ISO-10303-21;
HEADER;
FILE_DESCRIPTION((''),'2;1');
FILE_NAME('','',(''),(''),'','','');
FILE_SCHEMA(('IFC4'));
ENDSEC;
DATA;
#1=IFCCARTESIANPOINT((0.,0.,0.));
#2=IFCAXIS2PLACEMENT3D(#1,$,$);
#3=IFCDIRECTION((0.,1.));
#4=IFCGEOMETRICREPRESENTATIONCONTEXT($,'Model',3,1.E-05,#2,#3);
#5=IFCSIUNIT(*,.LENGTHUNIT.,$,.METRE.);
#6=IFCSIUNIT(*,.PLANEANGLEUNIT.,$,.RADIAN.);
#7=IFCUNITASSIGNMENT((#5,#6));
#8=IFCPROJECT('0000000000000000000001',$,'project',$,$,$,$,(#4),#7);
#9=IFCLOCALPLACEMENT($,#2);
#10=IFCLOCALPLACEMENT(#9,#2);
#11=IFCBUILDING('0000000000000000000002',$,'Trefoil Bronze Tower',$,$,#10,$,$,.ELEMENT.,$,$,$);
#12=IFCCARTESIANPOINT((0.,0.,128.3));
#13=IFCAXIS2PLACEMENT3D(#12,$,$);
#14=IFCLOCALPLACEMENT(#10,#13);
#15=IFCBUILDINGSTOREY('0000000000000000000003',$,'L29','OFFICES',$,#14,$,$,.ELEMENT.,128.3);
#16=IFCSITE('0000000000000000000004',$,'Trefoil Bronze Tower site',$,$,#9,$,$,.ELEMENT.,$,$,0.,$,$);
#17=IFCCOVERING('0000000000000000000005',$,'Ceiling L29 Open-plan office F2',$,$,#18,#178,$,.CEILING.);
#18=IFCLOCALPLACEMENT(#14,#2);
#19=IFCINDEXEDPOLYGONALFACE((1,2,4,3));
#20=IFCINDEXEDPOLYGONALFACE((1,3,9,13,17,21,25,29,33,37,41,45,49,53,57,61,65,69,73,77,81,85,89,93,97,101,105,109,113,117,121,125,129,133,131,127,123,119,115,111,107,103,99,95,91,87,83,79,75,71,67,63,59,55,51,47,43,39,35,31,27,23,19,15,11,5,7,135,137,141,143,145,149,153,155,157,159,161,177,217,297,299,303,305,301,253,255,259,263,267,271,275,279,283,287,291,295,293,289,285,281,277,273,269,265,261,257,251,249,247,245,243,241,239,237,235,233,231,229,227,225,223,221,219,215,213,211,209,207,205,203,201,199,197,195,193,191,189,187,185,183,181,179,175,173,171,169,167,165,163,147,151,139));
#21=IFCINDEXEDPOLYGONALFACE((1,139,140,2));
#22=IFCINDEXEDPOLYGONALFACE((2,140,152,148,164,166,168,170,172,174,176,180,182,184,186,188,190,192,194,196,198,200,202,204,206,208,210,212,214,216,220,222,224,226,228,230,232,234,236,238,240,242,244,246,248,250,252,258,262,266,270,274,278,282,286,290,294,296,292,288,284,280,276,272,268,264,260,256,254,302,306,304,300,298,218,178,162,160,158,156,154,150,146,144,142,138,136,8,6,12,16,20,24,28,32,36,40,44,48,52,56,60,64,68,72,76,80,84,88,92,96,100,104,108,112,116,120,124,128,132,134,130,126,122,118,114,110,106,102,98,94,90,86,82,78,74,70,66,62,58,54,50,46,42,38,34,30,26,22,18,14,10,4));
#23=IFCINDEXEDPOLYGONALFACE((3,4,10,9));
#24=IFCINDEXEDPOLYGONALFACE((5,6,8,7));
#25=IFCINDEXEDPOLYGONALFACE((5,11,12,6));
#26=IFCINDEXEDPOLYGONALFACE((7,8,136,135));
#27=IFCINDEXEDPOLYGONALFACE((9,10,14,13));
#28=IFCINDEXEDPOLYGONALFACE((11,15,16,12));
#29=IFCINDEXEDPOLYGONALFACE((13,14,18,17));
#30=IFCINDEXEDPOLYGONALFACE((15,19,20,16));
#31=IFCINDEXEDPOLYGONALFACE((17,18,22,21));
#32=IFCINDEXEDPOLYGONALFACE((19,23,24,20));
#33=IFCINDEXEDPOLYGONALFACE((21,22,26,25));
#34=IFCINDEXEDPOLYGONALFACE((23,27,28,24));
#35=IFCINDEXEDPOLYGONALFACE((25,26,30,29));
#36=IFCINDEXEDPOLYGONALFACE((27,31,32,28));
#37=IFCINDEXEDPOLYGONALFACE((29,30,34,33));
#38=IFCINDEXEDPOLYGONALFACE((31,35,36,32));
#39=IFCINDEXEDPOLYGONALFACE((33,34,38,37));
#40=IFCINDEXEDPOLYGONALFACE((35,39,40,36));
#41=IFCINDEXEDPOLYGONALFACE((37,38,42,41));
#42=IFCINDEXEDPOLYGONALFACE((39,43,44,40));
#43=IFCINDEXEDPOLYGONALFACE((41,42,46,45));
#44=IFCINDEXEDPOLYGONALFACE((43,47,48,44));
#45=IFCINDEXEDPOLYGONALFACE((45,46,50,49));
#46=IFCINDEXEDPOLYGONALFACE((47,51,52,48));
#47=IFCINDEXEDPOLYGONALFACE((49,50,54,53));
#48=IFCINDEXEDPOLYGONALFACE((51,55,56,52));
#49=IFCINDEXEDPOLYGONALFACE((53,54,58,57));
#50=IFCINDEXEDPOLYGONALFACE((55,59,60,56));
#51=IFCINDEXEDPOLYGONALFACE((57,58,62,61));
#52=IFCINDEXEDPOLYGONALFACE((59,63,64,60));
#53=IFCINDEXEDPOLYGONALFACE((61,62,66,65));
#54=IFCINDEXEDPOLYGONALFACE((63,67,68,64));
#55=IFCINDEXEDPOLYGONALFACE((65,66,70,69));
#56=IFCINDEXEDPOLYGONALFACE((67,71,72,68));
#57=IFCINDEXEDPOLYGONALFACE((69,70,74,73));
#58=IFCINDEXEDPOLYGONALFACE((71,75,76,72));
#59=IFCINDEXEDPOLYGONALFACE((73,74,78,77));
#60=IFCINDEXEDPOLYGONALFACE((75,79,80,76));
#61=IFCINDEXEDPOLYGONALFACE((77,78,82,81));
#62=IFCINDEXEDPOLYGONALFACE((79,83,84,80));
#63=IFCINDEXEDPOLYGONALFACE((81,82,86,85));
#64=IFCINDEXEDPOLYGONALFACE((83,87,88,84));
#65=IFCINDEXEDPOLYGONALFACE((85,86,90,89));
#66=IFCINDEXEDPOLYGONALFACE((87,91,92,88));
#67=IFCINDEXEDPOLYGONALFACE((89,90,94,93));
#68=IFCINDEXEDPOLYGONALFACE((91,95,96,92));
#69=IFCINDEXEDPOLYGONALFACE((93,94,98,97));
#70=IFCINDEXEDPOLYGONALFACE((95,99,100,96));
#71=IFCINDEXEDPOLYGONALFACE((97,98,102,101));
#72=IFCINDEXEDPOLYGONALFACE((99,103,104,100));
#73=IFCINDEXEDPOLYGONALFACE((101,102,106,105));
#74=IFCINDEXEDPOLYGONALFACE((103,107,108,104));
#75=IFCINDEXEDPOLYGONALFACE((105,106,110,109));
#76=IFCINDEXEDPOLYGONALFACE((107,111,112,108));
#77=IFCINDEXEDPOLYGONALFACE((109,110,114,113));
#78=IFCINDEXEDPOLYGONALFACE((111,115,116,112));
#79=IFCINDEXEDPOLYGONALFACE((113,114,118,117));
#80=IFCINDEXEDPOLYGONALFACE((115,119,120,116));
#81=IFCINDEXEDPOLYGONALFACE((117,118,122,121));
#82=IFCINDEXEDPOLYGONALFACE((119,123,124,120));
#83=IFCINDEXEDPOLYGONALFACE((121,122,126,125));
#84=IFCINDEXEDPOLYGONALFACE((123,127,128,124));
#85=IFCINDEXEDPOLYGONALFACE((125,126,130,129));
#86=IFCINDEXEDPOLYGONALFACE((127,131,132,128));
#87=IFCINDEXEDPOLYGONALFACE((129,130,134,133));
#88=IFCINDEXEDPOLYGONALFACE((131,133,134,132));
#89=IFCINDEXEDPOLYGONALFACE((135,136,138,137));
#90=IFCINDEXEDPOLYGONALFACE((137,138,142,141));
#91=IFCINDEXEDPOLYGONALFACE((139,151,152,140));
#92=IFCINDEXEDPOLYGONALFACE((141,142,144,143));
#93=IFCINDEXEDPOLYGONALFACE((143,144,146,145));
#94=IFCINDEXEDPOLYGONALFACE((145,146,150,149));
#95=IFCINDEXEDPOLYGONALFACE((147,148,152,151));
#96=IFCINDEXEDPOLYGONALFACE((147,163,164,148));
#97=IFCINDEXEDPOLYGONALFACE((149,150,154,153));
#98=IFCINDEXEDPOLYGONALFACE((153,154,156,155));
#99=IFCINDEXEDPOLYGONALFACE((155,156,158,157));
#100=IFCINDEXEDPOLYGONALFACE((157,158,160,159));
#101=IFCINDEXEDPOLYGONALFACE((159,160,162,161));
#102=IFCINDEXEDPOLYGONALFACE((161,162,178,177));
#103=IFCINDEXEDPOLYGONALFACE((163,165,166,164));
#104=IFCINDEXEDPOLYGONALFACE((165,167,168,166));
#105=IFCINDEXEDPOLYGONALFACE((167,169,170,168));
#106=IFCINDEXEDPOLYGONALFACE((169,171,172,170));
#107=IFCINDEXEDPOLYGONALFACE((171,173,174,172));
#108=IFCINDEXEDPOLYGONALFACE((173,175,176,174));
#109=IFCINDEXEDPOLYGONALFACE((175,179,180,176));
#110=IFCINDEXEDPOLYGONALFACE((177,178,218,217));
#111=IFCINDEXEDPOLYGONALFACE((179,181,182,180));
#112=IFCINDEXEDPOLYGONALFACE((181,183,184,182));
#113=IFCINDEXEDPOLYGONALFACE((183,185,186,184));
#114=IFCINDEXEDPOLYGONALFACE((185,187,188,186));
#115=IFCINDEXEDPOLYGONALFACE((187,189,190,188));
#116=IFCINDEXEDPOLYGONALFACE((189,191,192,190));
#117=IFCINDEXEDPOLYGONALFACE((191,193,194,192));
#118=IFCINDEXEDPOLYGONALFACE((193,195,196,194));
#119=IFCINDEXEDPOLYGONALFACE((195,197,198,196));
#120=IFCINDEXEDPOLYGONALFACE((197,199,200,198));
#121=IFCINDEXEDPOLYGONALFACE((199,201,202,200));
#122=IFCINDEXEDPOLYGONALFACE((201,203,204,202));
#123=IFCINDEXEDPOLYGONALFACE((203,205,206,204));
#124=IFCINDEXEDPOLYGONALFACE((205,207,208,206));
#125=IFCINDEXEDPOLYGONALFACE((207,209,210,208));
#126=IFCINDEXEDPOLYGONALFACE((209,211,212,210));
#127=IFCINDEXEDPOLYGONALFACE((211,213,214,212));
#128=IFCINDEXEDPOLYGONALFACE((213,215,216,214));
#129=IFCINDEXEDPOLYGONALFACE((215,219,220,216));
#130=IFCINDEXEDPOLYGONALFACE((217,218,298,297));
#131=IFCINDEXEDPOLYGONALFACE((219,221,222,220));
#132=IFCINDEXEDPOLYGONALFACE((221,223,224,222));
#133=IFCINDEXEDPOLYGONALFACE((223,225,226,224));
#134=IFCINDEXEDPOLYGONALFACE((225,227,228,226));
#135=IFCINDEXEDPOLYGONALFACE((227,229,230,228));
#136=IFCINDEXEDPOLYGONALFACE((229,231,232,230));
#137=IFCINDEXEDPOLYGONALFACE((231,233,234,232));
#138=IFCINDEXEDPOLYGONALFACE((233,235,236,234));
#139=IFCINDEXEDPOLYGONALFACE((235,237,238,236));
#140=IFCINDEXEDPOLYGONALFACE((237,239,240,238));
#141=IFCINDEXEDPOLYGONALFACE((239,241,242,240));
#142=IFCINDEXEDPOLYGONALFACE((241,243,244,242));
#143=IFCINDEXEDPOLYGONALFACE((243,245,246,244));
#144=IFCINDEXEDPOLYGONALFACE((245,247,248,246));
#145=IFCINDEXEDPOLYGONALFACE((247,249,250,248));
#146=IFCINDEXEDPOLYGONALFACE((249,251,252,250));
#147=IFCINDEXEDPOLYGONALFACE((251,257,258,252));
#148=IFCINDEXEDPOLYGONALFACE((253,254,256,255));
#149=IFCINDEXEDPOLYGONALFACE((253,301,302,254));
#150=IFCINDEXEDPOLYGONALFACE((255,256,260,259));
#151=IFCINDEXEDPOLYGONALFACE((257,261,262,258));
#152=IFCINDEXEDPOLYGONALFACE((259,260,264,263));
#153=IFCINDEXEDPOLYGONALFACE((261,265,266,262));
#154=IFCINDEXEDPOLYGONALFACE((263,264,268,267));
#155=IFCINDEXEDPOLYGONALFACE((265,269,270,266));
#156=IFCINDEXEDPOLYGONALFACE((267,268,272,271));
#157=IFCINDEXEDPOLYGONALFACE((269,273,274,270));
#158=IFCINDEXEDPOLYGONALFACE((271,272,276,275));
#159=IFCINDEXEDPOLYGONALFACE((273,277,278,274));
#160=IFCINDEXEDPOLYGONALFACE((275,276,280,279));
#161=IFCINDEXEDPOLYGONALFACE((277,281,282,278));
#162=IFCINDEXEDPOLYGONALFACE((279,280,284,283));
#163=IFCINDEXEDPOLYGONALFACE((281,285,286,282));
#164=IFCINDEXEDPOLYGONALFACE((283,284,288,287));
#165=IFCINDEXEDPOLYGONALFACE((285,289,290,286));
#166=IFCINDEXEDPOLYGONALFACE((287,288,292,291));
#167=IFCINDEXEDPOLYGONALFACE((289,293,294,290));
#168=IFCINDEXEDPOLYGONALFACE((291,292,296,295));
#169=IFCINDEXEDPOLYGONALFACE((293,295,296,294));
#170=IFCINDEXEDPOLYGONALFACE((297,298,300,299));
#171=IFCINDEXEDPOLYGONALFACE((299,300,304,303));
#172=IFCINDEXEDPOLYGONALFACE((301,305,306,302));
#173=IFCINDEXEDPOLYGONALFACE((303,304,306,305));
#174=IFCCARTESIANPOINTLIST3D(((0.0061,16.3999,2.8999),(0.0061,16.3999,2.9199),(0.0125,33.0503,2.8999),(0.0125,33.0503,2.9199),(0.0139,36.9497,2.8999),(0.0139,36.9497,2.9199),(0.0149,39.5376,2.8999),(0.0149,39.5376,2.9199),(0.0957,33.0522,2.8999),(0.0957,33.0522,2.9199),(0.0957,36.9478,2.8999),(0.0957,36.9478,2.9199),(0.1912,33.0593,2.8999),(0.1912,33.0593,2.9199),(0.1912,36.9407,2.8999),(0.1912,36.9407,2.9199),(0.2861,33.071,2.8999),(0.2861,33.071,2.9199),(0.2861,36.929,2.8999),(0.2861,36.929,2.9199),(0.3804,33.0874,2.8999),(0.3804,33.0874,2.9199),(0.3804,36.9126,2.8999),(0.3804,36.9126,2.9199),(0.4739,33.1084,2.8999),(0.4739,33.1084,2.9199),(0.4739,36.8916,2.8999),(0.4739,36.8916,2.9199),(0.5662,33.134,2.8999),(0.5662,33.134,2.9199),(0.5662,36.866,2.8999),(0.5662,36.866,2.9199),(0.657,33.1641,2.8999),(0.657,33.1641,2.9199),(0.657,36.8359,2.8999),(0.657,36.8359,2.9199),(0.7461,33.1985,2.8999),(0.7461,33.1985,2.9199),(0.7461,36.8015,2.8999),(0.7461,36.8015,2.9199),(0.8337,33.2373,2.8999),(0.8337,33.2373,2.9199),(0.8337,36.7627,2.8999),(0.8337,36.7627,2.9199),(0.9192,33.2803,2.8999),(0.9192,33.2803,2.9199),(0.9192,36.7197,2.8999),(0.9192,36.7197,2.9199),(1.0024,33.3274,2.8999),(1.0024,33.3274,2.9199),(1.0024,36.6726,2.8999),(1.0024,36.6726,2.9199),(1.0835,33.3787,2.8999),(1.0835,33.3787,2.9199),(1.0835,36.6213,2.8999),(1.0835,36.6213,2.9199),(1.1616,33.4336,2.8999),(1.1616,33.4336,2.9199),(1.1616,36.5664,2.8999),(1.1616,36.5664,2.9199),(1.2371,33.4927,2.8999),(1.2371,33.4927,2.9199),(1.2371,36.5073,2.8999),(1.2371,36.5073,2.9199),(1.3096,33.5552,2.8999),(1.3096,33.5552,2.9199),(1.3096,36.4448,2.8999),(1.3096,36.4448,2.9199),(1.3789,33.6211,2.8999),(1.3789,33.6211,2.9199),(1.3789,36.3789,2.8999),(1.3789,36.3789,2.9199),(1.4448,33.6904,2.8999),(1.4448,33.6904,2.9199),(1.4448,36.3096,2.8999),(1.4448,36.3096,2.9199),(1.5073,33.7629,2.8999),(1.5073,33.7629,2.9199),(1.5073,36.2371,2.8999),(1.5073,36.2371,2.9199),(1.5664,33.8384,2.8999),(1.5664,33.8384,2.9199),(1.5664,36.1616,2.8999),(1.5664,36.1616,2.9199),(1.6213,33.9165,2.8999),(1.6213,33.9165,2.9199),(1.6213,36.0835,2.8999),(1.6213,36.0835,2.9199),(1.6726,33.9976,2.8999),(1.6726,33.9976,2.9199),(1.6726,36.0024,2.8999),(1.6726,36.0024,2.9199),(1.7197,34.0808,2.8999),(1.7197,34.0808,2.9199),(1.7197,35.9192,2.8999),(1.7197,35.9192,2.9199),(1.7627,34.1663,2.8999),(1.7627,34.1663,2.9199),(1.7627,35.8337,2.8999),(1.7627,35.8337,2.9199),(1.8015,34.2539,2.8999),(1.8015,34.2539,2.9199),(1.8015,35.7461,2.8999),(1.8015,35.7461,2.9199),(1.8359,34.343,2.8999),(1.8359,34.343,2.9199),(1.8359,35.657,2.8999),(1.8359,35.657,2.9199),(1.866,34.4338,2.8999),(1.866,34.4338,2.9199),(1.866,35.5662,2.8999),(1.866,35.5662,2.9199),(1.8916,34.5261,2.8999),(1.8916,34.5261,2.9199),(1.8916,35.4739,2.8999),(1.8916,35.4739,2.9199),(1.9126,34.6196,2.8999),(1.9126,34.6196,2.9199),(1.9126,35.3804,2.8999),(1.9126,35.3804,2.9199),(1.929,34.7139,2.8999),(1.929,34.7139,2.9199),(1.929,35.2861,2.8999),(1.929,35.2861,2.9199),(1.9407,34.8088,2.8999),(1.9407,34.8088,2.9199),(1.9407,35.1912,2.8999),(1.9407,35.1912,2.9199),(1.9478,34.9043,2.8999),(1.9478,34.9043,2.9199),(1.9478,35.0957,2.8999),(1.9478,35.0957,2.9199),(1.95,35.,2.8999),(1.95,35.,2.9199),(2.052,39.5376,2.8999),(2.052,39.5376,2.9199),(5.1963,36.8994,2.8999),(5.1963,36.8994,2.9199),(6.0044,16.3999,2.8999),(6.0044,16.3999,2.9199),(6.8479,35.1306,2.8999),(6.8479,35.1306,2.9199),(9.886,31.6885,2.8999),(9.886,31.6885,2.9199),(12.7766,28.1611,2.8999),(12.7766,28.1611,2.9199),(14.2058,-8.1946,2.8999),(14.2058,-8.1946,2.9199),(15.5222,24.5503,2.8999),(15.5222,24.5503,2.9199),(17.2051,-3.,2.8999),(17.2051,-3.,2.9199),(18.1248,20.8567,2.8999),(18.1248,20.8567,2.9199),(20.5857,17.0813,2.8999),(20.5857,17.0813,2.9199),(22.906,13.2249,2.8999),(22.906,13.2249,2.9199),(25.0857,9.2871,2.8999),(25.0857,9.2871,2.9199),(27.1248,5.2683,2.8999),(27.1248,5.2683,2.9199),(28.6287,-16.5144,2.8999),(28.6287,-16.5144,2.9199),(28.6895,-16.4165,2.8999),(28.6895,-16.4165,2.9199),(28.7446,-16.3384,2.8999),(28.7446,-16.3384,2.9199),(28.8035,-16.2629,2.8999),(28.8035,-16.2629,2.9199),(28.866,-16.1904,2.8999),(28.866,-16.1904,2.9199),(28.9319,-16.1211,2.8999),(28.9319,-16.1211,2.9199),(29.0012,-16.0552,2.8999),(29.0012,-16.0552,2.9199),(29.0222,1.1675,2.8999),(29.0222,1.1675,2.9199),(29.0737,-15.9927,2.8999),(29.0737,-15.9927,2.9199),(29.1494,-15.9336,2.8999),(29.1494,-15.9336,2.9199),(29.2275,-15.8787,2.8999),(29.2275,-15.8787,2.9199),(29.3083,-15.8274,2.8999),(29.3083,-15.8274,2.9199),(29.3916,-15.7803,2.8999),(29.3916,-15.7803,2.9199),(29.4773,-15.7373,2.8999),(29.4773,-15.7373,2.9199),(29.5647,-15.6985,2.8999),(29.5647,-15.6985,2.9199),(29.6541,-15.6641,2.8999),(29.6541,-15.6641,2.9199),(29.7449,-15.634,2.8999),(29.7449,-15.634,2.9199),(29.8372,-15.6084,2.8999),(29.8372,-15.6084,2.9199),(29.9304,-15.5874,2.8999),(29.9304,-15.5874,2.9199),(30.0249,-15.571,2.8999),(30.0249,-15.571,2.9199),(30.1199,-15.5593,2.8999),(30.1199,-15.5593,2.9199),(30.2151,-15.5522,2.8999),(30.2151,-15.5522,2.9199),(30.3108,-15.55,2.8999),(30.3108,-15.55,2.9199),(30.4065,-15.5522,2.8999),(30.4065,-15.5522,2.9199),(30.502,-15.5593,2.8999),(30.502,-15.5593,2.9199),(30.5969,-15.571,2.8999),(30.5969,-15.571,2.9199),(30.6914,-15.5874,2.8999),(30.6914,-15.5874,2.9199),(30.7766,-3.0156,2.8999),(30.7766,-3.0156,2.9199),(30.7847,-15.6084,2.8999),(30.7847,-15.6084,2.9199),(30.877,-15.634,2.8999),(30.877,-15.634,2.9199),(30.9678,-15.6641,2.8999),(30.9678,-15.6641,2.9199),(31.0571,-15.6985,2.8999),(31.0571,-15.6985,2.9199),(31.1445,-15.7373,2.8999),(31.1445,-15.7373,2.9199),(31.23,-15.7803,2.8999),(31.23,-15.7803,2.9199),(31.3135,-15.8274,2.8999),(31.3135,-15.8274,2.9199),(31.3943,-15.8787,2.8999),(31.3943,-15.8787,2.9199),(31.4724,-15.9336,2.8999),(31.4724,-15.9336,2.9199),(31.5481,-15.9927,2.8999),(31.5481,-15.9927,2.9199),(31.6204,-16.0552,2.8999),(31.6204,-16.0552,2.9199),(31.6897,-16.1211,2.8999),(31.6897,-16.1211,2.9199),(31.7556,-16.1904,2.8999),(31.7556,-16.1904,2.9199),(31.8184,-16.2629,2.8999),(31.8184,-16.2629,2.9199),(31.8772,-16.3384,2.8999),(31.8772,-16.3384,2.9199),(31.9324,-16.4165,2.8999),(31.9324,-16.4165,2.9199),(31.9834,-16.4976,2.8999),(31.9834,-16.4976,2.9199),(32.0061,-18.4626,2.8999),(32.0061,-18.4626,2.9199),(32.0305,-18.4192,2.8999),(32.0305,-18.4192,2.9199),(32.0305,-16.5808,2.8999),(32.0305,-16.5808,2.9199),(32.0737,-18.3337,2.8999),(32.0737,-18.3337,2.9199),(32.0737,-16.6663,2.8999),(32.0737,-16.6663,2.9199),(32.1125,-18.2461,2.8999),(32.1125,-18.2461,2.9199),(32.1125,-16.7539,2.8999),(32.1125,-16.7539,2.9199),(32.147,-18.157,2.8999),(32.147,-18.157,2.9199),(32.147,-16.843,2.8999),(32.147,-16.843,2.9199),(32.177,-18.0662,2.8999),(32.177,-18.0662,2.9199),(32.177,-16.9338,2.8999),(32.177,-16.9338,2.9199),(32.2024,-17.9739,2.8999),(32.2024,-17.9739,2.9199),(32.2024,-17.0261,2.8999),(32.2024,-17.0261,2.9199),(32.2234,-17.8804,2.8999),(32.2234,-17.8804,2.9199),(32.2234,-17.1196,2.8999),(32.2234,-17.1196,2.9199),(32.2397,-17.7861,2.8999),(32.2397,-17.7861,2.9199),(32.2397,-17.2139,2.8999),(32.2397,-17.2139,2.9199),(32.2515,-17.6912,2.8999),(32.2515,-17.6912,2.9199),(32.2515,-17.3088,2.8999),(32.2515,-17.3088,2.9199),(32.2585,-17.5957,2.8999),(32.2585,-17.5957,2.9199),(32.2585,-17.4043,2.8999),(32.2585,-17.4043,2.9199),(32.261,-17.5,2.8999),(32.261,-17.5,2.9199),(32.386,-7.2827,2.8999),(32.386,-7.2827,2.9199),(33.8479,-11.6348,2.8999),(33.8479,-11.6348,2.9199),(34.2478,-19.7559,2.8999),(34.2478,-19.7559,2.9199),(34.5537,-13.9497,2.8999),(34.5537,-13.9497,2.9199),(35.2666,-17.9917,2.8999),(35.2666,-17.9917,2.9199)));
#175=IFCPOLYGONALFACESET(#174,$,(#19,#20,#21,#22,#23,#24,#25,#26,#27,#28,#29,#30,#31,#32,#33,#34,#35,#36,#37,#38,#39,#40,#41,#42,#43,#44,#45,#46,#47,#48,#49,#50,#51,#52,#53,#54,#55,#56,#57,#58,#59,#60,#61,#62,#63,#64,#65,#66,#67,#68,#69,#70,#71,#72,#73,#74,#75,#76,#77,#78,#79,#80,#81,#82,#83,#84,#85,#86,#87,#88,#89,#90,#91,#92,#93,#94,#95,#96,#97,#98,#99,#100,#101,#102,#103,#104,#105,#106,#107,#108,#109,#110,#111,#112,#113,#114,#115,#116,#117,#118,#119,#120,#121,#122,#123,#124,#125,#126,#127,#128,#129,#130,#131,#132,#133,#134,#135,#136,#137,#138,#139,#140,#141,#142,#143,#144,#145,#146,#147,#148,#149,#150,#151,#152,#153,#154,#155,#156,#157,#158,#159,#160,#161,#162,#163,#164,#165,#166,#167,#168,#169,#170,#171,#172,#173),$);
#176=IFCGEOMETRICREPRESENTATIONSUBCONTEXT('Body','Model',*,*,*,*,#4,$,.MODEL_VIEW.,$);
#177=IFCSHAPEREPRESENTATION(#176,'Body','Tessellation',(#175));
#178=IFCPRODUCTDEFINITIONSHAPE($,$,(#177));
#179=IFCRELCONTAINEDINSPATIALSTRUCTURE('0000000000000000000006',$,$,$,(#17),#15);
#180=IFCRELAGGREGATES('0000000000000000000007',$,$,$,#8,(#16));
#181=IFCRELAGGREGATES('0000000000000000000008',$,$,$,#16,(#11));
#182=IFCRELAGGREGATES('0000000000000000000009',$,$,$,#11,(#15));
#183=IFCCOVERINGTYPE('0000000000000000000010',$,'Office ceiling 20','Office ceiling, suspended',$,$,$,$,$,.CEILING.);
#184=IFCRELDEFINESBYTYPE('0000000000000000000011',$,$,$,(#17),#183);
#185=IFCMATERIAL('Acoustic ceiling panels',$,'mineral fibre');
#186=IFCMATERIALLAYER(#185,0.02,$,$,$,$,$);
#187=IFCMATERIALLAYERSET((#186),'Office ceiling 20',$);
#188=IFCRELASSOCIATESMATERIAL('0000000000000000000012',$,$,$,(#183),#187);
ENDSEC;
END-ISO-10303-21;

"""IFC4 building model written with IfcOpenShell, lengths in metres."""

from ifc_helpers import new_model, si_unit, direction, frame, origin, place, context, subcontext, project, spatial, polyline, outline, extrude, material, layer, layer_set, type_object, element, save


model = new_model("IFC4")

# Units and contexts
model_context = context("Model", 3, precision=1e-05, world=origin(), true_north=direction((0.0, 1.0)))
body_context = subcontext(model_context, "Body", "Model", "MODEL_VIEW")
ifc_project = project(units=[si_unit("LENGTHUNIT", "METRE"), si_unit("PLANEANGLEUNIT", "RADIAN")], contexts=[model_context])

# Site, building, storey
site_placement = place(None, origin())
site = spatial("IfcSite", under=ifc_project, at=site_placement, Name="Trefoil Bronze Tower site", CompositionType="ELEMENT", RefElevation=0.0)
building_placement = place(site_placement, origin())
building = spatial("IfcBuilding", under=site, at=building_placement, Name="Trefoil Bronze Tower", CompositionType="ELEMENT")
storey_placement = place(building_placement, frame((0.0, 0.0, 128.3)))
storey = spatial("IfcBuildingStorey", under=building, at=storey_placement, Name="L29", Description="OFFICES", CompositionType="ELEMENT", Elevation=128.3)

# Covering
ifc_material_1 = material(Name="Acoustic ceiling panels", Category="mineral fibre")
ifc_layer_1 = layer(ifc_material_1, 0.02)
ifc_layer_set_1 = layer_set([ifc_layer_1], Name="Office ceiling 20")
covering_type_1 = type_object("IfcCoveringType", Name="Office ceiling 20", Description="Office ceiling, suspended", PredefinedType="CEILING", material=ifc_layer_set_1)
covering_1_placement = place(storey_placement, frame((0.0, 0.0, 2.8999)))
element("IfcCovering", 1, at=covering_1_placement, inside=storey, type_object=covering_type_1, Name="Ceiling L29 Open-plan office F2", PredefinedType="CEILING", context=body_context, shape_type="SweptSolid", body=[
    extrude(outline(polyline([(6.8479, 35.1306), (9.886, 31.6885), (12.7766, 28.1611), (15.5222, 24.5503), (18.1248, 20.8567), (20.5857, 17.0813), (22.906, 13.2249), (25.0857, 9.2871), (27.1248, 5.2683), (29.0222, 1.1675), (30.7766, -3.0156), (32.386, -7.2827), (33.8479, -11.6348), (34.5537, -13.9497), (35.2666, -17.9917), (34.2478, -19.7559), (32.0061, -18.4626), (32.0305, -18.4192), (32.0737, -18.3337), (32.1125, -18.2461), (32.147, -18.157), (32.177, -18.0662), (32.2024, -17.9739), (32.2234, -17.8804), (32.2397, -17.7861), (32.2515, -17.6912), (32.2585, -17.5957), (32.261, -17.5), (32.2585, -17.4043), (32.2515, -17.3088), (32.2397, -17.2139), (32.2234, -17.1196), (32.2024, -17.0261), (32.177, -16.9338), (32.147, -16.843), (32.1125, -16.7539), (32.0737, -16.6663), (32.0305, -16.5808), (31.9834, -16.4976), (31.9324, -16.4165), (31.8772, -16.3384), (31.8184, -16.2629), (31.7556, -16.1904), (31.6897, -16.1211), (31.6204, -16.0552), (31.5481, -15.9927), (31.4724, -15.9336), (31.3943, -15.8787), (31.3135, -15.8274), (31.23, -15.7803), (31.1445, -15.7373), (31.0571, -15.6985), (30.9678, -15.6641), (30.877, -15.634), (30.7847, -15.6084), (30.6914, -15.5874), (30.5969, -15.571), (30.502, -15.5593), (30.4065, -15.5522), (30.3108, -15.55), (30.2151, -15.5522), (30.1199, -15.5593), (30.0249, -15.571), (29.9304, -15.5874), (29.8372, -15.6084), (29.7449, -15.634), (29.6541, -15.6641), (29.5647, -15.6985), (29.4773, -15.7373), (29.3916, -15.7803), (29.3083, -15.8274), (29.2275, -15.8787), (29.1494, -15.9336), (29.0737, -15.9927), (29.0012, -16.0552), (28.9319, -16.1211), (28.866, -16.1904), (28.8035, -16.2629), (28.7446, -16.3384), (28.6895, -16.4165), (28.6287, -16.5144), (14.2058, -8.1946), (17.2051, -3.0), (6.0044, 16.3999), (0.0061, 16.3999), (0.0125, 33.0503), (0.0957, 33.0522), (0.1912, 33.0593), (0.2861, 33.071), (0.3804, 33.0874), (0.4739, 33.1084), (0.5662, 33.134), (0.657, 33.1641), (0.7461, 33.1985), (0.8337, 33.2373), (0.9192, 33.2803), (1.0024, 33.3274), (1.0835, 33.3787), (1.1616, 33.4336), (1.2371, 33.4927), (1.3096, 33.5552), (1.3789, 33.6211), (1.4448, 33.6904), (1.5073, 33.7629), (1.5664, 33.8384), (1.6213, 33.9165), (1.6726, 33.9976), (1.7197, 34.0808), (1.7627, 34.1663), (1.8015, 34.2539), (1.8359, 34.343), (1.866, 34.4338), (1.8916, 34.5261), (1.9126, 34.6196), (1.929, 34.7139), (1.9407, 34.8088), (1.9478, 34.9043), (1.95, 35.0), (1.9478, 35.0957), (1.9407, 35.1912), (1.929, 35.2861), (1.9126, 35.3804), (1.8916, 35.4739), (1.866, 35.5662), (1.8359, 35.657), (1.8015, 35.7461), (1.7627, 35.8337), (1.7197, 35.9192), (1.6726, 36.0024), (1.6213, 36.0835), (1.5664, 36.1616), (1.5073, 36.2371), (1.4448, 36.3096), (1.3789, 36.3789), (1.3096, 36.4448), (1.2371, 36.5073), (1.1616, 36.5664), (1.0835, 36.6213), (1.0024, 36.6726), (0.9192, 36.7197), (0.8337, 36.7627), (0.7461, 36.8015), (0.657, 36.8359), (0.5662, 36.866), (0.4739, 36.8916), (0.3804, 36.9126), (0.2861, 36.929), (0.1912, 36.9407), (0.0957, 36.9478), (0.0139, 36.9497), (0.0149, 39.5376), (2.052, 39.5376), (5.1963, 36.8994), (6.8479, 35.1306)])), origin(), (0.0, 0.0, 1.0), 0.02),
])

save(model, "model.ifc")
